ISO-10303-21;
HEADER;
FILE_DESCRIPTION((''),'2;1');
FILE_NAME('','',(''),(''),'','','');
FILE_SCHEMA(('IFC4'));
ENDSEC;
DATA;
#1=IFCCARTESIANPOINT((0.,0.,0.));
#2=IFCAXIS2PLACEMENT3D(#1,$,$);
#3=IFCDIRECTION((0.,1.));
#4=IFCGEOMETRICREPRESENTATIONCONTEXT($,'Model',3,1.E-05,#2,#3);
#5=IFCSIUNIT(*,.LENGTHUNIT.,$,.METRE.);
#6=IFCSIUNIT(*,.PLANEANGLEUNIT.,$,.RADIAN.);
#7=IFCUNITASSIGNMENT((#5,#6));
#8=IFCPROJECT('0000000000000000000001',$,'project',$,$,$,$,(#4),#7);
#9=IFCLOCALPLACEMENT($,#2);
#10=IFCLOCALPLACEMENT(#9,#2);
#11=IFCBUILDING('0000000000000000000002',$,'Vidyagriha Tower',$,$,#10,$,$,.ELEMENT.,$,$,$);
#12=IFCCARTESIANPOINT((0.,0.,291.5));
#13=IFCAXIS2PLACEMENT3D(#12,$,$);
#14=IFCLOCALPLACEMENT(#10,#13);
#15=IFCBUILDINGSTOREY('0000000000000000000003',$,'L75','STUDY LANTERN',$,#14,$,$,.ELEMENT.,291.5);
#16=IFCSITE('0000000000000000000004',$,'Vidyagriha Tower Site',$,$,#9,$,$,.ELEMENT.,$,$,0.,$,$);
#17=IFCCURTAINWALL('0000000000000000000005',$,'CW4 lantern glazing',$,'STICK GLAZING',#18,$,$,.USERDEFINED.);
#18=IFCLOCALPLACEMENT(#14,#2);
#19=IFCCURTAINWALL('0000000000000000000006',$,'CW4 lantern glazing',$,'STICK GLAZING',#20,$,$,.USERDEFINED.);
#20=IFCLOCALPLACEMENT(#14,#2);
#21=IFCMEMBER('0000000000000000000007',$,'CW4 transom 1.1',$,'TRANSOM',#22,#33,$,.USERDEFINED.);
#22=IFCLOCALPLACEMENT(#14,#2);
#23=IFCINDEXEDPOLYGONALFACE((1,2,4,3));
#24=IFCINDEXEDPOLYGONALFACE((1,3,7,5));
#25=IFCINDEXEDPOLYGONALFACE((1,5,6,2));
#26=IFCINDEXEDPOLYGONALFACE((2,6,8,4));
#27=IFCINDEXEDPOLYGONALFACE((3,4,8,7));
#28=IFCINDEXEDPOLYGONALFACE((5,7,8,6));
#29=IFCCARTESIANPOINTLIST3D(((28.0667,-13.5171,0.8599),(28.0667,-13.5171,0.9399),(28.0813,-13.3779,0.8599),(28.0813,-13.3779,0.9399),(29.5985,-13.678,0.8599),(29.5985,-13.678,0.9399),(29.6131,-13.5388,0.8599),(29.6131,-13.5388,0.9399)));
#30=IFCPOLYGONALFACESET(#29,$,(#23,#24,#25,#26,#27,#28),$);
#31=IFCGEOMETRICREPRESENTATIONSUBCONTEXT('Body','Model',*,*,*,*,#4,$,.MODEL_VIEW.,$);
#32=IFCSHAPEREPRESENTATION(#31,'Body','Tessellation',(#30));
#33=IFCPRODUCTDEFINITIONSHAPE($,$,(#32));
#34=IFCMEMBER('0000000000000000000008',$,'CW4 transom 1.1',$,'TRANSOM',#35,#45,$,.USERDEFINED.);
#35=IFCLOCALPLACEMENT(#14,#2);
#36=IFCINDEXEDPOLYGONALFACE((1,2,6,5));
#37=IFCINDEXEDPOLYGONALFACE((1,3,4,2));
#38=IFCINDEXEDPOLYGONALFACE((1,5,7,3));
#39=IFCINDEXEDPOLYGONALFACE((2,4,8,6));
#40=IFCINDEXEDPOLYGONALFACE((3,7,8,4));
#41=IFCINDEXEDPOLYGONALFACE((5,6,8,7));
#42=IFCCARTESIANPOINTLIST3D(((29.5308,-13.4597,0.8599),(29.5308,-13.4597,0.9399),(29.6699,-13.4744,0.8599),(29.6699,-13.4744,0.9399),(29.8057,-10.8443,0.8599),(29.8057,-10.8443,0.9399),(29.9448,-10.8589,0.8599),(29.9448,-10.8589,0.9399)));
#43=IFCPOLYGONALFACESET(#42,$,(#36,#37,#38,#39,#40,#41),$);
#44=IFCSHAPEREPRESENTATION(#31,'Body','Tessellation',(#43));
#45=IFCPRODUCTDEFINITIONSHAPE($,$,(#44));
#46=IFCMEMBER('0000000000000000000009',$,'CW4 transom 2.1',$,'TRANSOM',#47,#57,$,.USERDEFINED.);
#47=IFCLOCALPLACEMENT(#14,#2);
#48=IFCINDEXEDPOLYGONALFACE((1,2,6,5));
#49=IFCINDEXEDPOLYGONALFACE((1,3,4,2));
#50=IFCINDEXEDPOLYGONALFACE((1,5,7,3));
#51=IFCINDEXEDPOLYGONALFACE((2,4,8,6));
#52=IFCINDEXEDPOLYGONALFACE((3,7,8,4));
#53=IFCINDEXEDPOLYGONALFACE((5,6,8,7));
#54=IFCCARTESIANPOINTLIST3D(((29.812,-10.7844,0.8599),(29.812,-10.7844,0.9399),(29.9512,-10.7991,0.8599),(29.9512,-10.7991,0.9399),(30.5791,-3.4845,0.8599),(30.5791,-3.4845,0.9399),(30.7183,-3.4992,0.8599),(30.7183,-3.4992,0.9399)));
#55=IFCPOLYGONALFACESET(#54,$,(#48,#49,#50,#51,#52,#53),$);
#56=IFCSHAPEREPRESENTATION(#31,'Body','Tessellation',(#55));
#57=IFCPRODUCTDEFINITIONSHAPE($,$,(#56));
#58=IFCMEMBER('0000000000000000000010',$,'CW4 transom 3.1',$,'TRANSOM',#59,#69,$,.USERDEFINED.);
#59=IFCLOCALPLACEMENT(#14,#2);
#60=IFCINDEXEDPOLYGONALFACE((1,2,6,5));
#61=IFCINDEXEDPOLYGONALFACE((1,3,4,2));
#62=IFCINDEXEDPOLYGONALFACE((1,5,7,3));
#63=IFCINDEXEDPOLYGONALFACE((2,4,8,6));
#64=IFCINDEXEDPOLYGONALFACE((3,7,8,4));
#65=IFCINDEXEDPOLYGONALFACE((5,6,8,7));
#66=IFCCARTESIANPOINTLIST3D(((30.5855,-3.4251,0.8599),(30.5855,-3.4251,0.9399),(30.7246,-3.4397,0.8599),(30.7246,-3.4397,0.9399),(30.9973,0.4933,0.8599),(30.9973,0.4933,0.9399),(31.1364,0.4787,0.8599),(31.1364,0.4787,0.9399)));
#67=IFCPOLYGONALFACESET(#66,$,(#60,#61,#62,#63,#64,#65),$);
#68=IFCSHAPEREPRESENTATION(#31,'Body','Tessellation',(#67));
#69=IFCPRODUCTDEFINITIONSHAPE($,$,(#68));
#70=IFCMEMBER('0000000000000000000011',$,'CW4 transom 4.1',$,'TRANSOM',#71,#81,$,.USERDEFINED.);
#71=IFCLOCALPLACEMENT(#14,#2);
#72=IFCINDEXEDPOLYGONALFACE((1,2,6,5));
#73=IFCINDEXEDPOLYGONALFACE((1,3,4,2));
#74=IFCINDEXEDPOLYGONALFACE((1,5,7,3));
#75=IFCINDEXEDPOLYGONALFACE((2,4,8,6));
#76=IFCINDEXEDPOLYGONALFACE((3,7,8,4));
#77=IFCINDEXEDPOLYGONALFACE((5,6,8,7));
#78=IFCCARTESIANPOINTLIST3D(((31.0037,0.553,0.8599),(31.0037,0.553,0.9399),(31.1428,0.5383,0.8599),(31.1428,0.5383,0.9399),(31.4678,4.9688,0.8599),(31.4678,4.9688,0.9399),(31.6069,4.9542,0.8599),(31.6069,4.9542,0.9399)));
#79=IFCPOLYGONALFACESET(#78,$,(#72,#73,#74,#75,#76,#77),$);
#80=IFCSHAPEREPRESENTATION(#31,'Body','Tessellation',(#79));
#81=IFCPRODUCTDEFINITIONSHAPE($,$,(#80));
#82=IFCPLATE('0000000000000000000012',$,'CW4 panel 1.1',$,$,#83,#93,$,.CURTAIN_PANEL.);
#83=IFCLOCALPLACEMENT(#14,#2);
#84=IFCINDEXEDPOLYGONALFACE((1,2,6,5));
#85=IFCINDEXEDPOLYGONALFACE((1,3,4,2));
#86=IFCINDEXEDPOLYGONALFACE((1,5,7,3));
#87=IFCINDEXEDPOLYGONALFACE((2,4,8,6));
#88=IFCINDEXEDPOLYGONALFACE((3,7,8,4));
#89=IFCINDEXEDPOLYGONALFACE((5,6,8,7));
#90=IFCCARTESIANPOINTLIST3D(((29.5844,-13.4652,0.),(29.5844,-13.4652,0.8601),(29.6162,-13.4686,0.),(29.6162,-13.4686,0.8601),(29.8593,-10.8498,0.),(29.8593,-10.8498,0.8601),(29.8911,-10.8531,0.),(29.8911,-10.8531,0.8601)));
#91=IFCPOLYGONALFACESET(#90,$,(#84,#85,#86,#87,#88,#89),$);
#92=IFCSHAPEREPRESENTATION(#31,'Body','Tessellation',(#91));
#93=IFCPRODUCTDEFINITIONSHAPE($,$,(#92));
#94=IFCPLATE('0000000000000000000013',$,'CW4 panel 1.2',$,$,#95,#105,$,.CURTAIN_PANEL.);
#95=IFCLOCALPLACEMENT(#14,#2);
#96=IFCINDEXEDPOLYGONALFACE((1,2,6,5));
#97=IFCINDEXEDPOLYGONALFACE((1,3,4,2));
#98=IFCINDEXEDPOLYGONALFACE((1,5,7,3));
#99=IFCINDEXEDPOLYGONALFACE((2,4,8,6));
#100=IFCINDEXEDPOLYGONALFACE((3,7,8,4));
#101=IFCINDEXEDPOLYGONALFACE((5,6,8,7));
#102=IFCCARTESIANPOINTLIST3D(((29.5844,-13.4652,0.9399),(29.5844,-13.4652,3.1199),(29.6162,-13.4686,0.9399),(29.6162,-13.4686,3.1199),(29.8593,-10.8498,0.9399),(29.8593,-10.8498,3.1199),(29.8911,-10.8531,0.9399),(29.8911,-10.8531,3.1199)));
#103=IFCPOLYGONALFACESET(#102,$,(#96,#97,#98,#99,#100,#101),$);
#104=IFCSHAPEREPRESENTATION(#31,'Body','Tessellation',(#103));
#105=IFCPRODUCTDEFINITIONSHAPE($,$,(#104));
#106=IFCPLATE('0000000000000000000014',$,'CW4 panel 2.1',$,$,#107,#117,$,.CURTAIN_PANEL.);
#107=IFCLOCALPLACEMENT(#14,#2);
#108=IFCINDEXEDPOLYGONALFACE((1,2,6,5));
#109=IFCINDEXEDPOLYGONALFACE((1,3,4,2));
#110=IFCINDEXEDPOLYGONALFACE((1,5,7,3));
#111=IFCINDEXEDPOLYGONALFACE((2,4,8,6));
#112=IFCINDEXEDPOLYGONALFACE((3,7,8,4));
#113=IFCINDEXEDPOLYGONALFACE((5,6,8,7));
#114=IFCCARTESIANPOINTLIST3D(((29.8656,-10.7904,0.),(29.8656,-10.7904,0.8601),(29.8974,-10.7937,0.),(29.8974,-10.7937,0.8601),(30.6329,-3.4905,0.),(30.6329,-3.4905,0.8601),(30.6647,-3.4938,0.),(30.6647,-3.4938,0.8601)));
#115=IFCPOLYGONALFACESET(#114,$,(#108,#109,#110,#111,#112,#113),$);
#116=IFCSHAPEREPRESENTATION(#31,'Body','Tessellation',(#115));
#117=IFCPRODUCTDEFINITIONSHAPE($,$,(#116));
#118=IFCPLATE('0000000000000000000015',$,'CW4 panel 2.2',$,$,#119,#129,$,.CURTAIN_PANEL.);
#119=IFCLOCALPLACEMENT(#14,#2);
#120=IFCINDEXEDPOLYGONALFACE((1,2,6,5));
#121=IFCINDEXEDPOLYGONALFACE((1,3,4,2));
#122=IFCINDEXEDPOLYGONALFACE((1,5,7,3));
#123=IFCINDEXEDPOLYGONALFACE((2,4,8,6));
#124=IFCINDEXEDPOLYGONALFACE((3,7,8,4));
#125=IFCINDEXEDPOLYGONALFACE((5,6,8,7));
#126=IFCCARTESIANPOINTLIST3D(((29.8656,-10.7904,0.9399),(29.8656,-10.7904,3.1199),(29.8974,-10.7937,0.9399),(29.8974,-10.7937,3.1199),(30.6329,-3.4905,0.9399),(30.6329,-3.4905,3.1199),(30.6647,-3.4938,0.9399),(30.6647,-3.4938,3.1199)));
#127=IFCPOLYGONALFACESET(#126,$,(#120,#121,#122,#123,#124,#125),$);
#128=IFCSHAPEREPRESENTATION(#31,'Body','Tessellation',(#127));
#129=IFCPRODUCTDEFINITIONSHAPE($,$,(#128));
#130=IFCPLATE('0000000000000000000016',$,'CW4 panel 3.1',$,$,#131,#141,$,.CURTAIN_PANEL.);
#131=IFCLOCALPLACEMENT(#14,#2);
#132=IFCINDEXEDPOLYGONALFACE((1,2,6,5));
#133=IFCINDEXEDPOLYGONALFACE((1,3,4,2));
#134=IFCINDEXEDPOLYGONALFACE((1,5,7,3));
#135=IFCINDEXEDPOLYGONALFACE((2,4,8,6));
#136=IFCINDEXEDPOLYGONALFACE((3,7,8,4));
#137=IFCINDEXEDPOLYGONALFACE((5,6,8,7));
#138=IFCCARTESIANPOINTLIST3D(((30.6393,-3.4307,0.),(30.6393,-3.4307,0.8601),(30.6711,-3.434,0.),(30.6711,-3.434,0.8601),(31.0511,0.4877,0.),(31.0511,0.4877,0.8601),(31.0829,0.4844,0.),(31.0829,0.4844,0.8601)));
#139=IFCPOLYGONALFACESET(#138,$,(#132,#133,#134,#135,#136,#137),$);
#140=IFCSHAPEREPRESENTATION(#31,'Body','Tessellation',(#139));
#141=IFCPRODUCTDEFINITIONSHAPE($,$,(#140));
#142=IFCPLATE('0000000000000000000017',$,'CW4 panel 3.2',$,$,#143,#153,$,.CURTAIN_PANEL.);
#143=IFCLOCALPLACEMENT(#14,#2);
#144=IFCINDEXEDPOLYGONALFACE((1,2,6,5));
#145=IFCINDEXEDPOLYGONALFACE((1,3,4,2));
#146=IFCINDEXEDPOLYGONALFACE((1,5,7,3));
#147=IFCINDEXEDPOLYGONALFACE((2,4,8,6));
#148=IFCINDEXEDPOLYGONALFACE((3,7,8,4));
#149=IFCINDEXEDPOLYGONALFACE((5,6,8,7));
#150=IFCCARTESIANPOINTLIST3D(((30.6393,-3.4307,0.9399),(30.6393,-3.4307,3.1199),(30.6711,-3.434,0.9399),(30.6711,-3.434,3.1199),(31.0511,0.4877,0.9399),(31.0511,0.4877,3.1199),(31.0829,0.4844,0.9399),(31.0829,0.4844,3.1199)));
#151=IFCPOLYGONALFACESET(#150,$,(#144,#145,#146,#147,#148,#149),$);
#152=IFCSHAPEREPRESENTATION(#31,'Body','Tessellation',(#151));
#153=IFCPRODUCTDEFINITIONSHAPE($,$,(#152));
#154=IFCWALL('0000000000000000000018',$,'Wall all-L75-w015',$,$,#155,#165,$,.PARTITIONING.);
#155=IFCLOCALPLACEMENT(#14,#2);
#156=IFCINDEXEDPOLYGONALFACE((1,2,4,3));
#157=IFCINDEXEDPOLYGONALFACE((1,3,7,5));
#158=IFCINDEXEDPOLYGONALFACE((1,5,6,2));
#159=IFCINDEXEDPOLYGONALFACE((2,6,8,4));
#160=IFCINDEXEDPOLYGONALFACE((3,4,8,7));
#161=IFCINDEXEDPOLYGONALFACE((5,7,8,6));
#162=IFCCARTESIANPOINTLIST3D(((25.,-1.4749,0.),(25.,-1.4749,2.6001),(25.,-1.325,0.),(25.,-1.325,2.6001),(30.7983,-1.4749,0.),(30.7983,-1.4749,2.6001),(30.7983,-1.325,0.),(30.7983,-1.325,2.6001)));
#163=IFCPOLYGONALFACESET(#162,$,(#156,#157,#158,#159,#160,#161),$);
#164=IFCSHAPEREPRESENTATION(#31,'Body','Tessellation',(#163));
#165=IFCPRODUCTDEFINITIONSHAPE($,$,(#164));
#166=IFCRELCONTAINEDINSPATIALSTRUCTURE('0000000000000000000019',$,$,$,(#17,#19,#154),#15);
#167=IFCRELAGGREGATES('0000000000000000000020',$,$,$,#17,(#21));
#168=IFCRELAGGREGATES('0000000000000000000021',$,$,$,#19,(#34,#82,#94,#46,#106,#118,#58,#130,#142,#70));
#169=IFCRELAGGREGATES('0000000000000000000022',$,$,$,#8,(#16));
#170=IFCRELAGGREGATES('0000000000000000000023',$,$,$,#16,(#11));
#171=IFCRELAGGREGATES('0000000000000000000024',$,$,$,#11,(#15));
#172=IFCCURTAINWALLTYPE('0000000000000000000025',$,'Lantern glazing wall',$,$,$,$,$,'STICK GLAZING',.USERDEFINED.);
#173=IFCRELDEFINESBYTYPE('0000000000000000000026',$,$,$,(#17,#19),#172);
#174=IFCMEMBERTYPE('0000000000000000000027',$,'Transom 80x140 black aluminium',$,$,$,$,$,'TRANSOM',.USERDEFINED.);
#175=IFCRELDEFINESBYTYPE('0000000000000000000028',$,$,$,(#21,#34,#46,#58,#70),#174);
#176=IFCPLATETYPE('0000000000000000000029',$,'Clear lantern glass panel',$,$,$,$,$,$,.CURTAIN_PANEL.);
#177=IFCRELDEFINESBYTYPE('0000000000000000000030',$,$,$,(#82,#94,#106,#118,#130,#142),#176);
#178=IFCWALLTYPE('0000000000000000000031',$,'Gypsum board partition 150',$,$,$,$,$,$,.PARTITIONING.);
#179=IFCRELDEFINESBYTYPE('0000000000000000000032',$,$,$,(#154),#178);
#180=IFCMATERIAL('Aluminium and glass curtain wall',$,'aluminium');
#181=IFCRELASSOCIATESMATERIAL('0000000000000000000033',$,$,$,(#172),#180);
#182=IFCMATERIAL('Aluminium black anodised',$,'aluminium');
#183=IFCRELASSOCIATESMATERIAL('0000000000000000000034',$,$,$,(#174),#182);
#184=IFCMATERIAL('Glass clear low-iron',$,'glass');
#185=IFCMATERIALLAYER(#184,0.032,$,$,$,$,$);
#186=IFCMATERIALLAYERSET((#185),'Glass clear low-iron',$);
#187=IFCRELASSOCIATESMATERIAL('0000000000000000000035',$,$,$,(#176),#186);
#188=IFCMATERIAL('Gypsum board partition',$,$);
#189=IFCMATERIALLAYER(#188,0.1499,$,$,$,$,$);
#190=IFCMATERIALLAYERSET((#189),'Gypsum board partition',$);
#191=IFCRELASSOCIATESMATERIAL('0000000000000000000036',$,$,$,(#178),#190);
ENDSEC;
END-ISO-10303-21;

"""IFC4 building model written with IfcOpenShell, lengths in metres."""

from ifc_helpers import new_model, si_unit, direction, frame, frame_2d, origin, origin_2d, place, context, subcontext, project, spatial, rectangle, extrude, material, layer, layer_set, material_profile, profile_set, type_object, element, aggregate, save


model = new_model("IFC4")

# Units and contexts
model_context = context("Model", 3, precision=1e-05, world=origin(), true_north=direction((0.0, 1.0)))
body_context = subcontext(model_context, "Body", "Model", "MODEL_VIEW")
ifc_project = project(units=[si_unit("LENGTHUNIT", "METRE"), si_unit("PLANEANGLEUNIT", "RADIAN")], contexts=[model_context])

# Site, building, storey
site_placement = place(None, origin())
site = spatial("IfcSite", under=ifc_project, at=site_placement, Name="Vidyagriha Tower Site", CompositionType="ELEMENT", RefElevation=0.0)
building_placement = place(site_placement, origin())
building = spatial("IfcBuilding", under=site, at=building_placement, Name="Vidyagriha Tower", CompositionType="ELEMENT")
storey_placement = place(building_placement, frame((0.0, 0.0, 291.5)))
storey = spatial("IfcBuildingStorey", under=building, at=storey_placement, Name="L75", Description="STUDY LANTERN", CompositionType="ELEMENT", Elevation=291.5)

# Curtain wall
ifc_material_1 = material(Name="Aluminium and glass curtain wall", Category="aluminium")
curtain_wall_type = type_object("IfcCurtainWallType", Name="Lantern glazing wall", ElementType="STICK GLAZING", PredefinedType="USERDEFINED", material=ifc_material_1)
curtain_wall_1_placement = place(storey_placement, origin())
curtain_wall_1 = element("IfcCurtainWall", 1, at=curtain_wall_1_placement, inside=storey, type_object=curtain_wall_type, Name="CW4 lantern glazing", ObjectType="STICK GLAZING", PredefinedType="USERDEFINED")

# Curtain wall
curtain_wall_2_placement = place(storey_placement, origin())
curtain_wall_2 = element("IfcCurtainWall", 2, at=curtain_wall_2_placement, inside=storey, type_object=curtain_wall_type, Name="CW4 lantern glazing", ObjectType="STICK GLAZING", PredefinedType="USERDEFINED")

# Members
ifc_material_2 = material(Name="Aluminium black anodised", Category="aluminium")
ifc_material_profile_1 = material_profile(ifc_material_2, rectangle(XDim=0.1399, YDim=0.0801, at=origin_2d()), Name="Transom 80x140 black aluminium")
ifc_profile_set_1 = profile_set([ifc_material_profile_1], Name="Aluminium black anodised")
member_type_1 = type_object("IfcMemberType", Name="Transom 80x140 black aluminium", ElementType="TRANSOM", PredefinedType="USERDEFINED", material=ifc_profile_set_1)
member_1_placement = place(storey_placement, frame((28.074, -13.4475, 0.8999), z_axis=(0.994529, -0.104462, 0.0), x_axis=(0.104462, 0.994529, 0.0)))
member_1 = element("IfcMember", 3, at=member_1_placement, type_object=member_type_1, Name="CW4 transom 1.1", ObjectType="TRANSOM", PredefinedType="USERDEFINED", context=body_context, shape_type="SweptSolid", body=[
    extrude(rectangle(XDim=0.1399, YDim=0.0801, at=origin_2d()), origin(), (0.0, 0.0, 1.0), 1.5403),
])
aggregate(curtain_wall_1, [member_1])
member_2_placement = place(storey_placement, frame((29.6003, -13.467, 0.8999), z_axis=(0.10453, 0.994522, 0.0), x_axis=(-0.994522, 0.10453, 0.0)))
member_2 = element("IfcMember", 4, at=member_2_placement, type_object=member_type_1, Name="CW4 transom 1.1", ObjectType="TRANSOM", PredefinedType="USERDEFINED", context=body_context, shape_type="SweptSolid", body=[
    extrude(rectangle(XDim=0.1399, YDim=0.0801, at=origin_2d()), origin(), (0.0, 0.0, 1.0), 2.6299),
])
member_3_placement = place(storey_placement, frame((29.8816, -10.7917, 0.8999), z_axis=(0.104508, 0.994524, 0.0), x_axis=(-0.994524, 0.104508, 0.0)))
member_3 = element("IfcMember", 5, at=member_3_placement, type_object=member_type_1, Name="CW4 transom 2.1", ObjectType="TRANSOM", PredefinedType="USERDEFINED", context=body_context, shape_type="SweptSolid", body=[
    extrude(rectangle(XDim=0.1399, YDim=0.0801, at=origin_2d()), origin(), (0.0, 0.0, 1.0), 7.3401),
])
member_4_placement = place(storey_placement, frame((30.655, -3.4324, 0.8999), z_axis=(0.104533, 0.994521, 0.0), x_axis=(-0.994521, 0.104533, 0.0)))
member_4 = element("IfcMember", 6, at=member_4_placement, type_object=member_type_1, Name="CW4 transom 3.1", ObjectType="TRANSOM", PredefinedType="USERDEFINED", context=body_context, shape_type="SweptSolid", body=[
    extrude(rectangle(XDim=0.1399, YDim=0.0801, at=origin_2d()), origin(), (0.0, 0.0, 1.0), 3.9399),
])
member_5_placement = place(storey_placement, frame((31.0732, 0.5457, 0.8999), z_axis=(0.104527, 0.994522, 0.0), x_axis=(-0.994522, 0.104527, 0.0)))
member_5 = element("IfcMember", 7, at=member_5_placement, type_object=member_type_1, Name="CW4 transom 4.1", ObjectType="TRANSOM", PredefinedType="USERDEFINED", context=body_context, shape_type="SweptSolid", body=[
    extrude(rectangle(XDim=0.1399, YDim=0.0801, at=origin_2d()), origin(), (0.0, 0.0, 1.0), 4.4402),
])

# Plates
ifc_material_3 = material(Name="Glass clear low-iron", Category="glass")
ifc_layer_1 = layer(ifc_material_3, 0.032)
ifc_layer_set_1 = layer_set([ifc_layer_1], Name="Glass clear low-iron")
plate_type = type_object("IfcPlateType", Name="Clear lantern glass panel", PredefinedType="CURTAIN_PANEL", material=ifc_layer_set_1)
plate_1_placement = place(storey_placement, frame((29.7378, -12.1592, 0.0), z_axis=(0.0, 0.0, 1.0), x_axis=(0.104527, 0.994522, 0.0)))
plate_1 = element("IfcPlate", 8, at=plate_1_placement, type_object=plate_type, Name="CW4 panel 1.1", PredefinedType="CURTAIN_PANEL", context=body_context, shape_type="SweptSolid", body=[
    extrude(rectangle(XDim=2.6299, YDim=0.032, at=origin_2d()), origin(), (0.0, 0.0, 1.0), 0.8601),
])
plate_2_placement = place(storey_placement, frame((29.7378, -12.1592, 0.9399), z_axis=(0.0, 0.0, 1.0), x_axis=(0.104527, 0.994522, 0.0)))
plate_2 = element("IfcPlate", 9, at=plate_2_placement, type_object=plate_type, Name="CW4 panel 1.2", PredefinedType="CURTAIN_PANEL", context=body_context, shape_type="SweptSolid", body=[
    extrude(rectangle(XDim=2.6299, YDim=0.032, at=origin_2d()), origin(), (0.0, 0.0, 1.0), 2.1799),
])
plate_3_placement = place(storey_placement, frame((30.2651, -7.1421, 0.0), z_axis=(0.0, 0.0, 1.0), x_axis=(0.104527, 0.994522, 0.0)))
plate_3 = element("IfcPlate", 10, at=plate_3_placement, type_object=plate_type, Name="CW4 panel 2.1", PredefinedType="CURTAIN_PANEL", context=body_context, shape_type="SweptSolid", body=[
    extrude(rectangle(XDim=7.3401, YDim=0.032, at=origin_2d()), origin(), (0.0, 0.0, 1.0), 0.8601),
])
plate_4_placement = place(storey_placement, frame((30.2651, -7.1421, 0.9399), z_axis=(0.0, 0.0, 1.0), x_axis=(0.104527, 0.994522, 0.0)))
plate_4 = element("IfcPlate", 11, at=plate_4_placement, type_object=plate_type, Name="CW4 panel 2.2", PredefinedType="CURTAIN_PANEL", context=body_context, shape_type="SweptSolid", body=[
    extrude(rectangle(XDim=7.3401, YDim=0.032, at=origin_2d()), origin(), (0.0, 0.0, 1.0), 2.1799),
])
plate_5_placement = place(storey_placement, frame((30.8611, -1.4731, 0.0), z_axis=(0.0, 0.0, 1.0), x_axis=(0.104527, 0.994522, 0.0)))
plate_5 = element("IfcPlate", 12, at=plate_5_placement, type_object=plate_type, Name="CW4 panel 3.1", PredefinedType="CURTAIN_PANEL", context=body_context, shape_type="SweptSolid", body=[
    extrude(rectangle(XDim=3.9399, YDim=0.032, at=origin_2d()), origin(), (0.0, 0.0, 1.0), 0.8601),
])
plate_6_placement = place(storey_placement, frame((30.8611, -1.4731, 0.9399), z_axis=(0.0, 0.0, 1.0), x_axis=(0.104527, 0.994522, 0.0)))
plate_6 = element("IfcPlate", 13, at=plate_6_placement, type_object=plate_type, Name="CW4 panel 3.2", PredefinedType="CURTAIN_PANEL", context=body_context, shape_type="SweptSolid", body=[
    extrude(rectangle(XDim=3.9399, YDim=0.032, at=origin_2d()), origin(), (0.0, 0.0, 1.0), 2.1799),
])
aggregate(curtain_wall_2, [member_2, plate_1, plate_2, member_3, plate_3, plate_4, member_4, plate_5, plate_6, member_5])

# Wall
ifc_material_4 = material(Name="Gypsum board partition")
ifc_layer_2 = layer(ifc_material_4, 0.1499)
ifc_layer_set_2 = layer_set([ifc_layer_2], Name="Gypsum board partition")
wall_type = type_object("IfcWallType", Name="Gypsum board partition 150", PredefinedType="PARTITIONING", material=ifc_layer_set_2)
wall_placement = place(storey_placement, frame((30.7983, -1.3999, 0.0), z_axis=(0.0, 0.0, 1.0), x_axis=(-1.0, 0.0, 0.0)))
element("IfcWall", 14, at=wall_placement, inside=storey, type_object=wall_type, Name="Wall all-L75-w015", PredefinedType="PARTITIONING", context=body_context, shape_type="SweptSolid", body=[
    extrude(rectangle(XDim=5.7983, YDim=0.1499, at=frame_2d((2.8992, 0.0))), origin(), (0.0, 0.0, 1.0), 2.6001),
])

save(model, "model.ifc")
